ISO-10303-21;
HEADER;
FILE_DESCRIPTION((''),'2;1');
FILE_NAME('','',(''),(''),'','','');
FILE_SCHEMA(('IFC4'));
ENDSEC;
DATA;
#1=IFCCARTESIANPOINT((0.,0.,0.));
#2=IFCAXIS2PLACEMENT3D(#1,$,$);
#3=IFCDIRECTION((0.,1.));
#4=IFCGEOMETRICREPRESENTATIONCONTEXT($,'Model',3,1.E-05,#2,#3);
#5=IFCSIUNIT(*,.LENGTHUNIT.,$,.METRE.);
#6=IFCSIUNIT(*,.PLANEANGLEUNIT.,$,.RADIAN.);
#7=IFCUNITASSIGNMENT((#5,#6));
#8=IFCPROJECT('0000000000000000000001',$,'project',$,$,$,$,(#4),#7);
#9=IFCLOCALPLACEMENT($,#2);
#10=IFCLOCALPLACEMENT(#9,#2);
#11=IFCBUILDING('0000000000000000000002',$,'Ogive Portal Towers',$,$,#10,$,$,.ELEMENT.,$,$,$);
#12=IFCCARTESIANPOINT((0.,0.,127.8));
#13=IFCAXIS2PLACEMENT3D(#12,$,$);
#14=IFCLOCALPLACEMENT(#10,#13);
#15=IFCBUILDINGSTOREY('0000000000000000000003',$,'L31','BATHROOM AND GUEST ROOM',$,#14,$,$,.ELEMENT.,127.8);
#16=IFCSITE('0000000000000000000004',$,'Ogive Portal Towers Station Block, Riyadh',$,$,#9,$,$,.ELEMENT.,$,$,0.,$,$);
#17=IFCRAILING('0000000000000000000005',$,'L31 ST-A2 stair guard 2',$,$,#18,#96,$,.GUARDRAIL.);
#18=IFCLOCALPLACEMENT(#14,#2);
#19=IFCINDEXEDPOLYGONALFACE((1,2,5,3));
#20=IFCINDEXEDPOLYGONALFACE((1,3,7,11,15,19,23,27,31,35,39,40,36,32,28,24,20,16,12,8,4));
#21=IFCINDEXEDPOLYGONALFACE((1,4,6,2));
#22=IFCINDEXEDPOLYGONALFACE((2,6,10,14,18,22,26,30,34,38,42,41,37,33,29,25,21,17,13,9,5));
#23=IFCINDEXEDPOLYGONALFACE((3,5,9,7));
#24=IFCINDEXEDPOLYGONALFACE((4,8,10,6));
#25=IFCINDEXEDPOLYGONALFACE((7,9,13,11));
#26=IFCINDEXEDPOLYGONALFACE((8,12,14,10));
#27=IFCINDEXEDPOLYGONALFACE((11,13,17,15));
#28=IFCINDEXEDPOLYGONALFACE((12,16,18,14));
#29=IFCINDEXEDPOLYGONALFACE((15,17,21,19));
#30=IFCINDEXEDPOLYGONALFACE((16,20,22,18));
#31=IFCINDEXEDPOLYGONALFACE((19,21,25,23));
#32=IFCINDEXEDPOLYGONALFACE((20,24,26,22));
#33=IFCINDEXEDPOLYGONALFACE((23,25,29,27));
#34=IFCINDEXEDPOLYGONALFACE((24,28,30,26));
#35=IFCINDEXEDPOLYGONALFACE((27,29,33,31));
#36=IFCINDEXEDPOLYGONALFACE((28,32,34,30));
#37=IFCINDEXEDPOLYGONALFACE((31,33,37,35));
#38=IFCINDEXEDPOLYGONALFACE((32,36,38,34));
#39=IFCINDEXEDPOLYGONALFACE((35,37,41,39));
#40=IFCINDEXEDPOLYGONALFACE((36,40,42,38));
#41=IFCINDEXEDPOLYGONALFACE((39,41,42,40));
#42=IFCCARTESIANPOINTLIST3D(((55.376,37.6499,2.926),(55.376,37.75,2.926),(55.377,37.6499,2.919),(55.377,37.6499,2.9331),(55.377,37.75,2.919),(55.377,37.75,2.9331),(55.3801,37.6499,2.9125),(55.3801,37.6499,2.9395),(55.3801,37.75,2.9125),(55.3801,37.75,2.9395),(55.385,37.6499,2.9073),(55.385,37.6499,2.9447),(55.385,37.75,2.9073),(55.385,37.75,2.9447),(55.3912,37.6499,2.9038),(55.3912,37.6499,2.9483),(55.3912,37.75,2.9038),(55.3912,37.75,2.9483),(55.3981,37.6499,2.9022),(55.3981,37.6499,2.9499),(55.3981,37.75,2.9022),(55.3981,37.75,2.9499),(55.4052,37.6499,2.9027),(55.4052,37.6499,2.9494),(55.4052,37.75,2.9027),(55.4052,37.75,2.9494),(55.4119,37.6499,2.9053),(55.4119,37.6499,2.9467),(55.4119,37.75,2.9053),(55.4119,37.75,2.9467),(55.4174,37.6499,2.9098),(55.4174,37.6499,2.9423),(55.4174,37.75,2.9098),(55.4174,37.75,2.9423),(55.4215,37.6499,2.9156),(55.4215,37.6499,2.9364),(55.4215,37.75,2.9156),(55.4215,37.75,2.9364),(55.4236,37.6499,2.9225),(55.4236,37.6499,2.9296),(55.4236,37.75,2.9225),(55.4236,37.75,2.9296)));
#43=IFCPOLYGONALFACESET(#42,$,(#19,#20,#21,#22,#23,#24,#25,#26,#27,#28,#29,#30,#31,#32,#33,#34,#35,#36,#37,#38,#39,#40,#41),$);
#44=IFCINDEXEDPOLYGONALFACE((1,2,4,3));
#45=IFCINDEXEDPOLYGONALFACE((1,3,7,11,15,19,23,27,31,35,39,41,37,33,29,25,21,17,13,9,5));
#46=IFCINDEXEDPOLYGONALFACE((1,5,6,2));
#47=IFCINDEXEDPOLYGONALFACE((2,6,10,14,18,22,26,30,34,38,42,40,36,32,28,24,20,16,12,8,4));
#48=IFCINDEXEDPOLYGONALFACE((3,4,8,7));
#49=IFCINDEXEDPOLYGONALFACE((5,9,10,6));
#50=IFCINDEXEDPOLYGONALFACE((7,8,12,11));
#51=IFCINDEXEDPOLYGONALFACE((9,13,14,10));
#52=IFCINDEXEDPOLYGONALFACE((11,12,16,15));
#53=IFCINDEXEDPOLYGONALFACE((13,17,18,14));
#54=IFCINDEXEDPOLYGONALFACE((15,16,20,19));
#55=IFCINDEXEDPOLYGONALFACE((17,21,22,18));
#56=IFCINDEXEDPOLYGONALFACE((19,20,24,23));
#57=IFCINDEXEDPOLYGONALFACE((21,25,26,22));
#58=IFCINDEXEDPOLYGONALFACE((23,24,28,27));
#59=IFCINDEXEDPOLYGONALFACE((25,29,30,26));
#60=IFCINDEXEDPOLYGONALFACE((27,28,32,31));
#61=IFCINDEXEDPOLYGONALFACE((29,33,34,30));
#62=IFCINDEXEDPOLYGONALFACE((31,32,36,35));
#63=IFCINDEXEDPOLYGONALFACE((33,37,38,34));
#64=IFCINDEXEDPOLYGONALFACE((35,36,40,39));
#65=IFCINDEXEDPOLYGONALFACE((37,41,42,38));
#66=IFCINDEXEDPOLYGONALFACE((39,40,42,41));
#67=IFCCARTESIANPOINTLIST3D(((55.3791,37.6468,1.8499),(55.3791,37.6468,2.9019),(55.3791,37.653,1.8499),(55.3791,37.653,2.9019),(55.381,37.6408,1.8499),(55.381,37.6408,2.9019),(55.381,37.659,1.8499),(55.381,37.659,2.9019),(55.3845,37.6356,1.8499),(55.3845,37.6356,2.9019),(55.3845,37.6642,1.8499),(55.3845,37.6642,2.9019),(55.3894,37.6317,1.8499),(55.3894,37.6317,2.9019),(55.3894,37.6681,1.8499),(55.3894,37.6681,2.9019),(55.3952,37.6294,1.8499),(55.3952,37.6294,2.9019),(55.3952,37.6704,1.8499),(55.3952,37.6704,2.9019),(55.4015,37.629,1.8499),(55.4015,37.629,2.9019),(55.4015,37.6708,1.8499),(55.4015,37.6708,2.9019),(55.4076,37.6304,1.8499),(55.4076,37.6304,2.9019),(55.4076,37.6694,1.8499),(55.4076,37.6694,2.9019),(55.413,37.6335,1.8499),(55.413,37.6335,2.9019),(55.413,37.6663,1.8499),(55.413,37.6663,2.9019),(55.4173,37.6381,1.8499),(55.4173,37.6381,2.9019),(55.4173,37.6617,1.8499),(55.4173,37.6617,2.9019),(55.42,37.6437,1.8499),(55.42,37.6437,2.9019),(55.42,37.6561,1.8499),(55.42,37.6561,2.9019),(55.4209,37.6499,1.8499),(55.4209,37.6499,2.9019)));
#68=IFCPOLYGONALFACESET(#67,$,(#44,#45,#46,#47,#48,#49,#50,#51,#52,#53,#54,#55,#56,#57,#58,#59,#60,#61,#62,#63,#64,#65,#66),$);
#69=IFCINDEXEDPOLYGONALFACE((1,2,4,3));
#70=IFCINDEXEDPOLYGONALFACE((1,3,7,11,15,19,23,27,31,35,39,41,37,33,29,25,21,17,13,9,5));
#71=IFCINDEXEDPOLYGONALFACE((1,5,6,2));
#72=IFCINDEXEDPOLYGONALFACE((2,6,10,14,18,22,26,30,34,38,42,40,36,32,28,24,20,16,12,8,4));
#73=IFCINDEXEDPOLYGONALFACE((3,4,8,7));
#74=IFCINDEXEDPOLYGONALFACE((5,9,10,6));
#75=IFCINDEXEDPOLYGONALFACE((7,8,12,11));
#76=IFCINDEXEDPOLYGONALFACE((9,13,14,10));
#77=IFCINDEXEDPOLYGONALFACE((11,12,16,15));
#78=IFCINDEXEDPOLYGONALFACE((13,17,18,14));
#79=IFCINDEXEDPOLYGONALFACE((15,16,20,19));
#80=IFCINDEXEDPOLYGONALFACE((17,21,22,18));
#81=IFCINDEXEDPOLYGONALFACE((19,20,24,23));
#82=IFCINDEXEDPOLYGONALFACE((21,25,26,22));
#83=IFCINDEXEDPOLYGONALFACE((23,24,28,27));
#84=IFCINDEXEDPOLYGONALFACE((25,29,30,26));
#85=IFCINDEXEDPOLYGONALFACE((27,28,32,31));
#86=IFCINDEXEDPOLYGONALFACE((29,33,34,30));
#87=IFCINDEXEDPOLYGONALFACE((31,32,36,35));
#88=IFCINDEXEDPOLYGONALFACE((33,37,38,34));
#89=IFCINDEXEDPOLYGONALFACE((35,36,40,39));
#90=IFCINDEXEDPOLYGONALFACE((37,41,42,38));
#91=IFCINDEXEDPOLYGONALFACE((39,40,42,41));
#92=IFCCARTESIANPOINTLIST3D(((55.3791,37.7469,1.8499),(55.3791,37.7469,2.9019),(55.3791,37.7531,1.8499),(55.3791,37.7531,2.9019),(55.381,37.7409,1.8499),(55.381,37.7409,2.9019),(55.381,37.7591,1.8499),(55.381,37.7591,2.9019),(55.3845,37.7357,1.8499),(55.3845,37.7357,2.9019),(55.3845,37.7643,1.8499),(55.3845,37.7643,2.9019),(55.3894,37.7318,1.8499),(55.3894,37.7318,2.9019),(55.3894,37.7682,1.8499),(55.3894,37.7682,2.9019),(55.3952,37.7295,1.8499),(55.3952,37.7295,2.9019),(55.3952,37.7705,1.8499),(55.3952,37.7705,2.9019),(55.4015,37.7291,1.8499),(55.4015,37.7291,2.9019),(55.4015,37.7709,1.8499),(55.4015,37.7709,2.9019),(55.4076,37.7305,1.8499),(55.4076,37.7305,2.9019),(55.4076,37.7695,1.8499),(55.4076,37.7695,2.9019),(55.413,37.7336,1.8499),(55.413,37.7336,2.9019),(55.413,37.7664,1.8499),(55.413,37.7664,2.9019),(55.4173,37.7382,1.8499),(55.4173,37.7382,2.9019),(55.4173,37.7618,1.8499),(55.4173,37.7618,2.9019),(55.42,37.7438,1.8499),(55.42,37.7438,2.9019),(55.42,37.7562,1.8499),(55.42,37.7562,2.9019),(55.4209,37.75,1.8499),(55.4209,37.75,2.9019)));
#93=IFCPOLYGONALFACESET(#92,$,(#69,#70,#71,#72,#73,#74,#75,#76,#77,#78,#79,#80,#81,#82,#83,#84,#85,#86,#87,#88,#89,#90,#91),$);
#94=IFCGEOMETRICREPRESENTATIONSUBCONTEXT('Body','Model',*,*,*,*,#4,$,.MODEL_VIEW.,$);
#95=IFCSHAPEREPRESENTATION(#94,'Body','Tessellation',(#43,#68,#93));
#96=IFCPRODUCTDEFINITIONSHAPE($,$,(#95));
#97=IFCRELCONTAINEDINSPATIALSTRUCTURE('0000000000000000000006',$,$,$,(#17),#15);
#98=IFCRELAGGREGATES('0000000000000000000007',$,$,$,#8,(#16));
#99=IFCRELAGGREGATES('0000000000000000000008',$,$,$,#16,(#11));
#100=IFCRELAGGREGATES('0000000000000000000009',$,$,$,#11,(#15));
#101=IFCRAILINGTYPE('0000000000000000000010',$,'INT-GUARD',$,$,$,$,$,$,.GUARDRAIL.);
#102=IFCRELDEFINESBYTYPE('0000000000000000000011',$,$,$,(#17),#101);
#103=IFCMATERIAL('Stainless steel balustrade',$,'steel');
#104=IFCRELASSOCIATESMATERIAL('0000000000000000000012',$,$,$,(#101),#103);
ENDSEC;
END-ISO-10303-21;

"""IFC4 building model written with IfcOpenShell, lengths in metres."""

from ifc_helpers import new_model, si_unit, direction, frame, origin, origin_2d, place, context, subcontext, project, spatial, circle, extrude, material, type_object, element, save


model = new_model("IFC4")

# Units and contexts
model_context = context("Model", 3, precision=1e-05, world=origin(), true_north=direction((0.0, 1.0)))
body_context = subcontext(model_context, "Body", "Model", "MODEL_VIEW")
ifc_project = project(units=[si_unit("LENGTHUNIT", "METRE"), si_unit("PLANEANGLEUNIT", "RADIAN")], contexts=[model_context])

# Site, building, storey
site_placement = place(None, origin())
site = spatial("IfcSite", under=ifc_project, at=site_placement, Name="Ogive Portal Towers Station Block, Riyadh", CompositionType="ELEMENT", RefElevation=0.0)
building_placement = place(site_placement, origin())
building = spatial("IfcBuilding", under=site, at=building_placement, Name="Ogive Portal Towers", CompositionType="ELEMENT")
storey_placement = place(building_placement, frame((0.0, 0.0, 127.8)))
storey = spatial("IfcBuildingStorey", under=building, at=storey_placement, Name="L31", Description="BATHROOM AND GUEST ROOM", CompositionType="ELEMENT", Elevation=127.8)

# Railing
ifc_material_1 = material(Name="Stainless steel balustrade", Category="steel")
railing_type_1 = type_object("IfcRailingType", Name="INT-GUARD", PredefinedType="GUARDRAIL", material=ifc_material_1)
railing_1_placement = place(storey_placement, frame((55.3999, 37.6499, 1.8499)))
element("IfcRailing", 1, at=railing_1_placement, inside=storey, type_object=railing_type_1, Name="L31 ST-A2 stair guard 2", PredefinedType="GUARDRAIL", context=body_context, shape_type="SweptSolid", body=[
    extrude(circle(Radius=0.0239, at=origin_2d()), frame((0.0, 0.0, 1.0762), z_axis=(0.0, 1.0, 0.0), x_axis=(-1.0, 0.0, 0.0)), (0.0, 0.0, 1.0), 0.1001),
    extrude(circle(Radius=0.021, at=origin_2d()), origin(), (0.0, 0.0, 1.0), 1.052),
    extrude(circle(Radius=0.021, at=origin_2d()), frame((0.0, 0.1001, 0.0)), (0.0, 0.0, 1.0), 1.052),
])

save(model, "model.ifc")
